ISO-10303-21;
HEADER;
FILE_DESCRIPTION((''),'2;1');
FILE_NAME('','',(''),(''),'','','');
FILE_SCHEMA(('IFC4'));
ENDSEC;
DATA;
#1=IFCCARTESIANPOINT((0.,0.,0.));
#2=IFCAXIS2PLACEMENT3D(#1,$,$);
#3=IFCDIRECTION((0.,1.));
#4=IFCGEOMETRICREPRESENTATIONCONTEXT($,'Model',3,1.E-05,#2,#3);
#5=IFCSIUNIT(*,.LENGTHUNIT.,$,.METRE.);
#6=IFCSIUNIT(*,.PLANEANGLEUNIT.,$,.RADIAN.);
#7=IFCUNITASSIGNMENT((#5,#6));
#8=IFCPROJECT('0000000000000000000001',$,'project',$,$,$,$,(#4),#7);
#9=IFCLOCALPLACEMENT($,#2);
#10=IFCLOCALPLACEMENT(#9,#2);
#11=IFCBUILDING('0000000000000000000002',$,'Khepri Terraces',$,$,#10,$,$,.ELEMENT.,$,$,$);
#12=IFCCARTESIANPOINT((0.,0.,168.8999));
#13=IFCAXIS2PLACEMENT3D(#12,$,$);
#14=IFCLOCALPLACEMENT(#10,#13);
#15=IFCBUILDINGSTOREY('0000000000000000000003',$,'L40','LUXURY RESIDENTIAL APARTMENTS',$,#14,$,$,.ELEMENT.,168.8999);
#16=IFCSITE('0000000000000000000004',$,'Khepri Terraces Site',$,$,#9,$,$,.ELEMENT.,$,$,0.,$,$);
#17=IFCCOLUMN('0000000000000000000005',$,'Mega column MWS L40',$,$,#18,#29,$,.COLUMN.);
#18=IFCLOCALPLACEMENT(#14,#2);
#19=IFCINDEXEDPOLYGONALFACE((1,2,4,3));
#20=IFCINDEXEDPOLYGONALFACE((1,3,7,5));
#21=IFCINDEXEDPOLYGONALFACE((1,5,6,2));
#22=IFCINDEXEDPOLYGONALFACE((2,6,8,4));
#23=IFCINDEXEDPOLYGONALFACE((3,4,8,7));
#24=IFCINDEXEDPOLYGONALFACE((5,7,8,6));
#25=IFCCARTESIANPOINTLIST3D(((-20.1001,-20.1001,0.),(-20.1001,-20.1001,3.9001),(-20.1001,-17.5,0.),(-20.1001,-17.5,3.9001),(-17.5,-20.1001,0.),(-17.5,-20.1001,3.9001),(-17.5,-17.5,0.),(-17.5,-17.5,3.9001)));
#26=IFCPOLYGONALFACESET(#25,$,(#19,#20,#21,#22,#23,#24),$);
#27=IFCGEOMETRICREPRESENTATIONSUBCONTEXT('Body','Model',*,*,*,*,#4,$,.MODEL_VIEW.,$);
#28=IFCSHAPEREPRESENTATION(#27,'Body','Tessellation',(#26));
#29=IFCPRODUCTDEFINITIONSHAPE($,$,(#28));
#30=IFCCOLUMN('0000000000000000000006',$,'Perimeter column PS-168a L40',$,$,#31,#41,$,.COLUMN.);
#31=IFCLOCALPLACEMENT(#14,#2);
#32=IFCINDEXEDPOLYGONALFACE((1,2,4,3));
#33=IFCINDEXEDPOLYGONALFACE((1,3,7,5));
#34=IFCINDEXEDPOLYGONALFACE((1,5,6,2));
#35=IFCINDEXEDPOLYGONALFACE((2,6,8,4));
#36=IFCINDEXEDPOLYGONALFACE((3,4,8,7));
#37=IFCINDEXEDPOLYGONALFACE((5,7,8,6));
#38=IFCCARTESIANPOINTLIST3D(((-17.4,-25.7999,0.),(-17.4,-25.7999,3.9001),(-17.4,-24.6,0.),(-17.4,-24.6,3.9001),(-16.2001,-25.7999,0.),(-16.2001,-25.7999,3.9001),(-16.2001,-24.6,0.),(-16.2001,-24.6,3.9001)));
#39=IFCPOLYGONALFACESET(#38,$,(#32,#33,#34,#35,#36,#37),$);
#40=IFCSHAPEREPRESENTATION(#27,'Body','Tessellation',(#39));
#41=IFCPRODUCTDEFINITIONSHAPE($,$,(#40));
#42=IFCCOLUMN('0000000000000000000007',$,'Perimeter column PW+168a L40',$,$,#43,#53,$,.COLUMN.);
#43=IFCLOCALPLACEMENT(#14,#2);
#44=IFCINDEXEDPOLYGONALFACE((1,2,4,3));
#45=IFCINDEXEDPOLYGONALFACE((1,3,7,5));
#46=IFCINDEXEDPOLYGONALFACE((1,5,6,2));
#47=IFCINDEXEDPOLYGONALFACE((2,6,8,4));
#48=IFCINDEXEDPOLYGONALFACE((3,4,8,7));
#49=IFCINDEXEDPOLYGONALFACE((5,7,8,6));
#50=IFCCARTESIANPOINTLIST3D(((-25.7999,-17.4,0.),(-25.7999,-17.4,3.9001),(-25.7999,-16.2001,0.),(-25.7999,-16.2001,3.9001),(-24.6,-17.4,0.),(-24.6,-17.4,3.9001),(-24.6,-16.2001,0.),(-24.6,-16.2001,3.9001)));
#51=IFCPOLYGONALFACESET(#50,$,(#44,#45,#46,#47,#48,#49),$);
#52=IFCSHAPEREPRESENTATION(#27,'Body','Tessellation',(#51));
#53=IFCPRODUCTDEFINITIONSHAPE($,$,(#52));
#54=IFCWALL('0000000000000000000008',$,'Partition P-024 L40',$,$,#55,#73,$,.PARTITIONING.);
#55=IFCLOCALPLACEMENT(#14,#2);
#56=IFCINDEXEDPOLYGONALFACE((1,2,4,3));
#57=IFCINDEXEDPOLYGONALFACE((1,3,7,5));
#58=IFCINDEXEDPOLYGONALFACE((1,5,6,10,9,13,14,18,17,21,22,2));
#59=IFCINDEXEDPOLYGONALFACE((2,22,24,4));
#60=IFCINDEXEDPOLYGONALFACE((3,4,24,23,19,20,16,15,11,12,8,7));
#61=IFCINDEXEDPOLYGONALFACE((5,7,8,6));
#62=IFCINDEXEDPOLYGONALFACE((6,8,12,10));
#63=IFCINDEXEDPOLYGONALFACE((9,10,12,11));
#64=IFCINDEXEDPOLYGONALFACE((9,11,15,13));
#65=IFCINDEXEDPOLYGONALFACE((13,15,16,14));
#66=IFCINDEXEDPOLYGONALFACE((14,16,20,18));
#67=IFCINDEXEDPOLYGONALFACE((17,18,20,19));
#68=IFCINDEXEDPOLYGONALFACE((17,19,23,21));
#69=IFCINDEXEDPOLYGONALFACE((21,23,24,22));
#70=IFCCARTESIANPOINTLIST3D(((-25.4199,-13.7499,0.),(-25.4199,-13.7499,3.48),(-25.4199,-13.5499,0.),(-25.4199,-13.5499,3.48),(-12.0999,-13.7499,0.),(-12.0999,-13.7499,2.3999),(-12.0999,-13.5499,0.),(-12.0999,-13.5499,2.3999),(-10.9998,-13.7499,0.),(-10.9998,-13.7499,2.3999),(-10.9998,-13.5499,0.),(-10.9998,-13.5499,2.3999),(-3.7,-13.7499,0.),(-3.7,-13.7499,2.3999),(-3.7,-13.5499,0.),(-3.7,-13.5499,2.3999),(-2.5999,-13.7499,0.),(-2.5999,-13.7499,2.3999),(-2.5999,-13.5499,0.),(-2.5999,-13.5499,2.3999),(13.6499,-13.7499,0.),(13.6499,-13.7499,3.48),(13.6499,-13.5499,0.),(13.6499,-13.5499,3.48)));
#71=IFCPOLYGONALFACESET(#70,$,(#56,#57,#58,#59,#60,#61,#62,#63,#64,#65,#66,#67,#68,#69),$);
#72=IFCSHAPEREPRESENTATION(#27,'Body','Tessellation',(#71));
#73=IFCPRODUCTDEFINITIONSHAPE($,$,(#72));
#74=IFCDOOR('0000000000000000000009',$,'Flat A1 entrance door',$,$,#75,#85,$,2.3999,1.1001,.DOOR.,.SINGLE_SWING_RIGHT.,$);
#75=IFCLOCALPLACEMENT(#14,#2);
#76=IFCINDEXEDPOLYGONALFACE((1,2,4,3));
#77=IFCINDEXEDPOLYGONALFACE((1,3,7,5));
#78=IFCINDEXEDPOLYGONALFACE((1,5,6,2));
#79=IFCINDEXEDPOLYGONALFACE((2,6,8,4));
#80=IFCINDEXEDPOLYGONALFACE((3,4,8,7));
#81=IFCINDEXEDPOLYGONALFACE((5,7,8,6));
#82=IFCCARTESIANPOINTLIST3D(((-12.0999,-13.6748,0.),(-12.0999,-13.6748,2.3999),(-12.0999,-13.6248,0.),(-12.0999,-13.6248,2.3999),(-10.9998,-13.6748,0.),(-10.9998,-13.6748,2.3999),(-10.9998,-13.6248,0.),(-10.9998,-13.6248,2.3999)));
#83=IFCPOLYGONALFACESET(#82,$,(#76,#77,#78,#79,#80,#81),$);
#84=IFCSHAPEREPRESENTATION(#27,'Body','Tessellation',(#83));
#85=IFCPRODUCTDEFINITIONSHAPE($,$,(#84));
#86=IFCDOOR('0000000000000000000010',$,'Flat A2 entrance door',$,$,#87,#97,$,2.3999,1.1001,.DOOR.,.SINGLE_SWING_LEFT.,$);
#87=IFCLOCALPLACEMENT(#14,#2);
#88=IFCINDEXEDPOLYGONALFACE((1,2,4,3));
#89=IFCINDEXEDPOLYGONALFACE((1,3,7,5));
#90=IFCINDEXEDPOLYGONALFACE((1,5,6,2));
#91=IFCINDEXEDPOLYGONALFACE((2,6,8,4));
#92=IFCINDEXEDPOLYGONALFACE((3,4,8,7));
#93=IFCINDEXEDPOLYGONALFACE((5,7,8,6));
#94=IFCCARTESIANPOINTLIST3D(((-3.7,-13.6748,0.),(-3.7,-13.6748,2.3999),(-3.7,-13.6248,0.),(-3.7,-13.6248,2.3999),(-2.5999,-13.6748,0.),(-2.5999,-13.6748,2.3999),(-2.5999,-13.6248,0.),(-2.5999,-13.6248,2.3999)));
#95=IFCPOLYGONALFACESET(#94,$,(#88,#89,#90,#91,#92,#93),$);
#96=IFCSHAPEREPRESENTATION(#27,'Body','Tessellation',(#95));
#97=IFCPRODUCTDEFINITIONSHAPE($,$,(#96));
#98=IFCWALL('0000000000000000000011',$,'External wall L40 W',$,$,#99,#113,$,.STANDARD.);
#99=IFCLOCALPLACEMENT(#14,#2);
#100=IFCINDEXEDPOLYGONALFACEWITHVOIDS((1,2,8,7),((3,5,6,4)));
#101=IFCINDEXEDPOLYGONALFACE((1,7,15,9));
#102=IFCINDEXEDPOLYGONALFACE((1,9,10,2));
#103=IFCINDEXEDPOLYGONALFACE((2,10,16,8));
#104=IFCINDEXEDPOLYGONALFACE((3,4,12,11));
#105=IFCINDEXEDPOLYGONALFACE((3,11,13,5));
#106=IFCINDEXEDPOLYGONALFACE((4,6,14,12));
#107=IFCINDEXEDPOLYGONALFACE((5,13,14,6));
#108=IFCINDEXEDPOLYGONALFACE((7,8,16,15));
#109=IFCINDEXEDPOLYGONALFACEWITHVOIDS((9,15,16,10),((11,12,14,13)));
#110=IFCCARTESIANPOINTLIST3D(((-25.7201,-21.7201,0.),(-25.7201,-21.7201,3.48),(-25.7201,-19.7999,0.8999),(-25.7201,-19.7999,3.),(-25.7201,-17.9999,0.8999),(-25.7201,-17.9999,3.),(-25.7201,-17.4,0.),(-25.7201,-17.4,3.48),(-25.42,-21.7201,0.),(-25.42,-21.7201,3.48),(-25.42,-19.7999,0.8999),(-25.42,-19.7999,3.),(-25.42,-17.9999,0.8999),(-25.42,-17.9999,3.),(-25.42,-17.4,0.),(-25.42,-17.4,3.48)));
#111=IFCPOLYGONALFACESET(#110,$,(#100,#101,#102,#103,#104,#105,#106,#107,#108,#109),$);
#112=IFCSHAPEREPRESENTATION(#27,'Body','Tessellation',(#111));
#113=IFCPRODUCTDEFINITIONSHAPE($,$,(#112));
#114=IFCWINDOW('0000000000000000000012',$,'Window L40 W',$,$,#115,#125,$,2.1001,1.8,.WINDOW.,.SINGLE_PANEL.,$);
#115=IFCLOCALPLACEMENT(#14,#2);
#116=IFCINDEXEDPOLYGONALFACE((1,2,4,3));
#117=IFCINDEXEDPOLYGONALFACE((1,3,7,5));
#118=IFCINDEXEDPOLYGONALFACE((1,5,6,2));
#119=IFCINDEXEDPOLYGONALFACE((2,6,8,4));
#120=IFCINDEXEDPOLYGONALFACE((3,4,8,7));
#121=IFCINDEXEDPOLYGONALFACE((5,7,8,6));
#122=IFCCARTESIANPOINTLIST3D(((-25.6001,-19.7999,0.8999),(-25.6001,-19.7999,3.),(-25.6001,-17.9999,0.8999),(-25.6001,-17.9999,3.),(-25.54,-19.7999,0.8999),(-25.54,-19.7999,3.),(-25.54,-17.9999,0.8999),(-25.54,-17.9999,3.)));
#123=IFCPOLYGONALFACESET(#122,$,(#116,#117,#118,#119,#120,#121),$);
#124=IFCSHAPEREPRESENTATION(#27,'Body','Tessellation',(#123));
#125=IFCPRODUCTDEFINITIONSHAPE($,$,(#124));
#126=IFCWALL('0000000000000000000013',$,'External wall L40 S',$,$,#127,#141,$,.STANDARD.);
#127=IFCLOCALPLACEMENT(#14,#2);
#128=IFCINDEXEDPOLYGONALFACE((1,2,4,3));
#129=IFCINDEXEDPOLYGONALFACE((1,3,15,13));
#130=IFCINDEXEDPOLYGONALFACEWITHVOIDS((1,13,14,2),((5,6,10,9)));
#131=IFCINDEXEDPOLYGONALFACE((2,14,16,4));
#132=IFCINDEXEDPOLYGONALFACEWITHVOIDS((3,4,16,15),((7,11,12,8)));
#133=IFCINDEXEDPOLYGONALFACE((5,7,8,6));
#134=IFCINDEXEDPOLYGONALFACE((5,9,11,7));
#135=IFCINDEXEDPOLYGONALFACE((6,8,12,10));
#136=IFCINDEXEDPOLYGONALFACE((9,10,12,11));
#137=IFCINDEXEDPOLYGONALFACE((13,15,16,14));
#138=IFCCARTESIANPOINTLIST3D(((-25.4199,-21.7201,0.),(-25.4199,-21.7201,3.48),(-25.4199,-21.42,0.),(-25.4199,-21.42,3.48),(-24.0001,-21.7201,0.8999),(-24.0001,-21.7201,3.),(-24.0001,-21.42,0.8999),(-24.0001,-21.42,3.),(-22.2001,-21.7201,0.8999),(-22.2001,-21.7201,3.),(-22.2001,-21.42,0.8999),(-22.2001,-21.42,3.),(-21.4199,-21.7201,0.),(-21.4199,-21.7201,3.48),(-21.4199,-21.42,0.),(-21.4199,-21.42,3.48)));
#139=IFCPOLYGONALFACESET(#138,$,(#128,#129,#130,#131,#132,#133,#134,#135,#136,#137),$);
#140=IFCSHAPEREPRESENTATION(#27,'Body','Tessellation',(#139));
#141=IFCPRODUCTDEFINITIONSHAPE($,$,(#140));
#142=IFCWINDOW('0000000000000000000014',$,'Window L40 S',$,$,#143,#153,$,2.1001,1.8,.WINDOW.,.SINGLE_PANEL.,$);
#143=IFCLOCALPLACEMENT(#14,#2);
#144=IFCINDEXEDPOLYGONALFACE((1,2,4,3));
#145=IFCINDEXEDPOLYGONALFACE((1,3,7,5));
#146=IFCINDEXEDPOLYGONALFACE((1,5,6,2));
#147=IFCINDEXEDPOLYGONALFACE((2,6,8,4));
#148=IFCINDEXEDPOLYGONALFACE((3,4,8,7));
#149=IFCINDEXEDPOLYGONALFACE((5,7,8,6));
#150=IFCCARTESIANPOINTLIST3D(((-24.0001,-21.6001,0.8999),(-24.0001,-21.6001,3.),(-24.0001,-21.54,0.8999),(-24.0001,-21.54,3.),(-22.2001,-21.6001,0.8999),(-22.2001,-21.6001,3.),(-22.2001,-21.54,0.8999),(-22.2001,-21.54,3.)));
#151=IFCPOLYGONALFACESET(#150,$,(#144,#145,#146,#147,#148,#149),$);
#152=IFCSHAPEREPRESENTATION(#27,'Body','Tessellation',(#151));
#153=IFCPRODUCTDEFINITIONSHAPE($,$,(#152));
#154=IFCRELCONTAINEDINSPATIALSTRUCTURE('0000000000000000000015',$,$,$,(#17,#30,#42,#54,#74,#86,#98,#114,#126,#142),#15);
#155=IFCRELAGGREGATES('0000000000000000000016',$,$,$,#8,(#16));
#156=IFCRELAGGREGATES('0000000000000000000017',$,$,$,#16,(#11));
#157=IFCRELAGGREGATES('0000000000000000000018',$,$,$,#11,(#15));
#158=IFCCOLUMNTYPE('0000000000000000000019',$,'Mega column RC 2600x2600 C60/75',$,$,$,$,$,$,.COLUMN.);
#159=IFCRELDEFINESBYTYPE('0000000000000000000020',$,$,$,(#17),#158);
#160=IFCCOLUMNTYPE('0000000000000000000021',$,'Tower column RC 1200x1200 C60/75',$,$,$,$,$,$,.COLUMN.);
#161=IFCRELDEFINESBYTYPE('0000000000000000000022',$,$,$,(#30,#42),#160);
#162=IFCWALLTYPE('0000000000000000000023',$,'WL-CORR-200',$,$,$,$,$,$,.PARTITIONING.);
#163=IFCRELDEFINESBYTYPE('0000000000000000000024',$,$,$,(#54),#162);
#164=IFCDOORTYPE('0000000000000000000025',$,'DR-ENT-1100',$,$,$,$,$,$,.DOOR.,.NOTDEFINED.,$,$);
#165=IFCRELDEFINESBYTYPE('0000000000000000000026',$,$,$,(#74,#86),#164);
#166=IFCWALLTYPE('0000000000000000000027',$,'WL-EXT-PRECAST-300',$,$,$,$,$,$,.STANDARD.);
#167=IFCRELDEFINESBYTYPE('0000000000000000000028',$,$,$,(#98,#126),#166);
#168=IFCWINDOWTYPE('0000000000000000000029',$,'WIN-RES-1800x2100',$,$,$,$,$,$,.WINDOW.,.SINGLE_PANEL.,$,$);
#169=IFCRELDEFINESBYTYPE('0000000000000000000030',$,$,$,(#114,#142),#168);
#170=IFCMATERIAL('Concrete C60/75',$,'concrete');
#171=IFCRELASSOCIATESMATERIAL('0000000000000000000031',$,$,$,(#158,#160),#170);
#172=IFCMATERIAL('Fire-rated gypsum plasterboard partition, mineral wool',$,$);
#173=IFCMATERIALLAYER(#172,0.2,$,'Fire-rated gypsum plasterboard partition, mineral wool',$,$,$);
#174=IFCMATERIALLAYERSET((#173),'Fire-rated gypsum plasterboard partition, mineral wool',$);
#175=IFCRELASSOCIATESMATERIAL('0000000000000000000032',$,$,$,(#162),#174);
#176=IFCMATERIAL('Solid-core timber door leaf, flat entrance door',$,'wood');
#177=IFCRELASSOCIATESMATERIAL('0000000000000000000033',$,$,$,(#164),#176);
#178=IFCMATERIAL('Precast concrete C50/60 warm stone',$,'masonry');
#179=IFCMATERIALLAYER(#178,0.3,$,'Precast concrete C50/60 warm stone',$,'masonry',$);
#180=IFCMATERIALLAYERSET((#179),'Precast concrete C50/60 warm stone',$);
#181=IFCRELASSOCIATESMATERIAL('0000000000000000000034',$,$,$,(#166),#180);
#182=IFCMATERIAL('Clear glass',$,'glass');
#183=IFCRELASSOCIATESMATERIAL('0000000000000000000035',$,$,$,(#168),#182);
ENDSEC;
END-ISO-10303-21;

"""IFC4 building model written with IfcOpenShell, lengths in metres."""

from ifc_helpers import new_model, si_unit, direction, frame, frame_2d, origin, origin_2d, place, context, subcontext, project, spatial, rectangle, extrude, material, layer, layer_set, material_profile, profile_set, type_object, element, fill, save


model = new_model("IFC4")

# Units and contexts
model_context = context("Model", 3, precision=1e-05, world=origin(), true_north=direction((0.0, 1.0)))
body_context = subcontext(model_context, "Body", "Model", "MODEL_VIEW")
ifc_project = project(units=[si_unit("LENGTHUNIT", "METRE"), si_unit("PLANEANGLEUNIT", "RADIAN")], contexts=[model_context])

# Site, building, storey
site_placement = place(None, origin())
site = spatial("IfcSite", under=ifc_project, at=site_placement, Name="Khepri Terraces Site", CompositionType="ELEMENT", RefElevation=0.0)
building_placement = place(site_placement, origin())
building = spatial("IfcBuilding", under=site, at=building_placement, Name="Khepri Terraces", CompositionType="ELEMENT")
storey_placement = place(building_placement, frame((0.0, 0.0, 168.8999)))
storey = spatial("IfcBuildingStorey", under=building, at=storey_placement, Name="L40", Description="LUXURY RESIDENTIAL APARTMENTS", CompositionType="ELEMENT", Elevation=168.8999)

# Columns
ifc_material_1 = material(Name="Concrete C60/75", Category="concrete")
ifc_material_profile_1 = material_profile(ifc_material_1, rectangle(XDim=2.6001, YDim=2.6001, at=origin_2d()), Name="Concrete C60/75", Category="concrete")
ifc_profile_set_1 = profile_set([ifc_material_profile_1], Name="Concrete C60/75")
column_type_1 = type_object("IfcColumnType", Name="Mega column RC 2600x2600 C60/75", PredefinedType="COLUMN", material=ifc_profile_set_1)
column_placement = place(storey_placement, frame((-18.8, -18.8, 0.0), z_axis=(0.0, 0.0, 1.0), x_axis=(1.0, 0.0, 0.0)))
element("IfcColumn", 1, at=column_placement, inside=storey, type_object=column_type_1, Name="Mega column MWS L40", PredefinedType="COLUMN", context=body_context, shape_type="SweptSolid", body=[
    extrude(rectangle(XDim=2.6001, YDim=2.6001, at=origin_2d()), origin(), (0.0, 0.0, 1.0), 3.9001),
])
ifc_material_profile_2 = material_profile(ifc_material_1, rectangle(XDim=1.2, YDim=1.2, at=origin_2d()), Name="Concrete C60/75", Category="concrete")
ifc_profile_set_2 = profile_set([ifc_material_profile_2], Name="Concrete C60/75")
column_type_2 = type_object("IfcColumnType", Name="Tower column RC 1200x1200 C60/75", PredefinedType="COLUMN", material=ifc_profile_set_2)
for number, where, z_axis, x_axis, name in (
    (2, (-16.8, -25.2, 0.0), (0.0, 0.0, 1.0), (1.0, 0.0, 0.0), "Perimeter column PS-168a L40"),
    (3, (-25.2, -16.8, 0.0), (0.0, 0.0, 1.0), (1.0, 0.0, 0.0), "Perimeter column PW+168a L40"),
):
    element("IfcColumn", number, at=place(storey_placement, frame(where, z_axis=z_axis, x_axis=x_axis)), inside=storey, type_object=column_type_2, Name=name, PredefinedType="COLUMN", context=body_context, shape_type="SweptSolid", body=[
        extrude(rectangle(XDim=1.2, YDim=1.2, at=origin_2d()), origin(), (0.0, 0.0, 1.0), 3.9001),
    ])

# Wall, openings, doors
ifc_material_2 = material(Name="Fire-rated gypsum plasterboard partition, mineral wool")
ifc_layer_1 = layer(ifc_material_2, 0.2, Name="Fire-rated gypsum plasterboard partition, mineral wool")
ifc_layer_set_1 = layer_set([ifc_layer_1], Name="Fire-rated gypsum plasterboard partition, mineral wool")
wall_type_1 = type_object("IfcWallType", Name="WL-CORR-200", PredefinedType="PARTITIONING", material=ifc_layer_set_1)
wall_1_placement = place(storey_placement, frame((-25.4199, -13.6499, 0.0), z_axis=(0.0, 0.0, 1.0), x_axis=(1.0, 0.0, 0.0)))
wall_1 = element("IfcWall", 4, at=wall_1_placement, inside=storey, type_object=wall_type_1, Name="Partition P-024 L40", PredefinedType="PARTITIONING", context=body_context, shape_type="SweptSolid", body=[
    extrude(rectangle(XDim=39.0698, YDim=0.2, at=frame_2d((19.5349, 0.0))), origin(), (0.0, 0.0, 1.0), 3.48),
])
opening_1_placement = place(wall_1_placement, frame((13.3201, 0.0, 0.0)))
opening_1 = element("IfcOpeningElement", 5, at=opening_1_placement, cuts=wall_1, PredefinedType="OPENING", context=body_context, shape_type="SweptSolid", body=[
    extrude(rectangle(XDim=1.1001, YDim=2.3999, at=frame_2d((0.55, 1.2))), frame((0.0, 0.1099, 0.0), z_axis=(0.0, -1.0, 0.0), x_axis=(1.0, 0.0, 0.0)), (0.0, 0.0, 1.0), 0.22),
])
opening_2_placement = place(wall_1_placement, frame((21.72, 0.0, 0.0)))
opening_2 = element("IfcOpeningElement", 6, at=opening_2_placement, cuts=wall_1, PredefinedType="OPENING", context=body_context, shape_type="SweptSolid", body=[
    extrude(rectangle(XDim=1.1001, YDim=2.3999, at=frame_2d((0.55, 1.2))), frame((0.0, 0.1099, 0.0), z_axis=(0.0, -1.0, 0.0), x_axis=(1.0, 0.0, 0.0)), (0.0, 0.0, 1.0), 0.22),
])
ifc_material_3 = material(Name="Solid-core timber door leaf, flat entrance door", Category="wood")
door_type_1 = type_object("IfcDoorType", Name="DR-ENT-1100", OperationType="NOTDEFINED", PredefinedType="DOOR", material=ifc_material_3)
door_1_placement = place(opening_1_placement, frame((1.1001, 0.0, 0.0), z_axis=(0.0, 0.0, 1.0), x_axis=(-1.0, 0.0, 0.0)))
door_1 = element("IfcDoor", 7, at=door_1_placement, inside=storey, type_object=door_type_1, Name="Flat A1 entrance door", OperationType="SINGLE_SWING_RIGHT", OverallHeight=2.3999, OverallWidth=1.1001, PredefinedType="DOOR", context=body_context, shape_type="SweptSolid", body=[
    extrude(rectangle(XDim=1.1001, YDim=2.3999, at=frame_2d((0.55, 1.2))), frame((0.0, 0.0249, 0.0), z_axis=(0.0, -1.0, 0.0), x_axis=(1.0, 0.0, 0.0)), (0.0, 0.0, 1.0), 0.05),
])
fill(opening_1, door_1)
door_2_placement = place(opening_2_placement, frame((1.1001, 0.0, 0.0), z_axis=(0.0, 0.0, 1.0), x_axis=(-1.0, 0.0, 0.0)))
door_2 = element("IfcDoor", 8, at=door_2_placement, inside=storey, type_object=door_type_1, Name="Flat A2 entrance door", OperationType="SINGLE_SWING_LEFT", OverallHeight=2.3999, OverallWidth=1.1001, PredefinedType="DOOR", context=body_context, shape_type="SweptSolid", body=[
    extrude(rectangle(XDim=1.1001, YDim=2.3999, at=frame_2d((0.55, 1.2))), frame((0.0, 0.0249, 0.0), z_axis=(0.0, -1.0, 0.0), x_axis=(1.0, 0.0, 0.0)), (0.0, 0.0, 1.0), 0.05),
])
fill(opening_2, door_2)

# Walls, openings, windows
ifc_material_4 = material(Name="Precast concrete C50/60 warm stone", Category="masonry")
ifc_layer_2 = layer(ifc_material_4, 0.3, Name="Precast concrete C50/60 warm stone", Category="masonry")
ifc_layer_set_2 = layer_set([ifc_layer_2], Name="Precast concrete C50/60 warm stone")
wall_type_2 = type_object("IfcWallType", Name="WL-EXT-PRECAST-300", PredefinedType="STANDARD", material=ifc_layer_set_2)
wall_2_placement = place(storey_placement, frame((-25.5701, -17.3999, 0.0), z_axis=(0.0, 0.0, 1.0), x_axis=(0.0, -1.0, 0.0)))
wall_2 = element("IfcWall", 9, at=wall_2_placement, inside=storey, type_object=wall_type_2, Name="External wall L40 W", PredefinedType="STANDARD", context=body_context, shape_type="SweptSolid", body=[
    extrude(rectangle(XDim=4.3201, YDim=0.3, at=frame_2d((2.1602, 0.0))), origin(), (0.0, 0.0, 1.0), 3.48),
])
opening_3_placement = place(wall_2_placement, frame((0.6001, 0.0, 0.8999)))
opening_3 = element("IfcOpeningElement", 10, at=opening_3_placement, cuts=wall_2, PredefinedType="OPENING", context=body_context, shape_type="SweptSolid", body=[
    extrude(rectangle(XDim=1.8, YDim=2.1001, at=frame_2d((0.8999, 1.05))), frame((0.0, 0.1602, 0.0), z_axis=(0.0, -1.0, 0.0), x_axis=(1.0, 0.0, 0.0)), (0.0, 0.0, 1.0), 0.3201),
])
ifc_material_5 = material(Name="Clear glass", Category="glass")
window_type = type_object("IfcWindowType", Name="WIN-RES-1800x2100", PartitioningType="SINGLE_PANEL", PredefinedType="WINDOW", material=ifc_material_5)
window_1_placement = place(opening_3_placement, origin())
window_1 = element("IfcWindow", 11, at=window_1_placement, inside=storey, type_object=window_type, Name="Window L40 W", OverallHeight=2.1001, OverallWidth=1.8, PartitioningType="SINGLE_PANEL", PredefinedType="WINDOW", context=body_context, shape_type="SweptSolid", body=[
    extrude(rectangle(XDim=1.8, YDim=2.1001, at=frame_2d((0.8999, 1.05))), frame((0.0, 0.03, 0.0), z_axis=(0.0, -1.0, 0.0), x_axis=(1.0, 0.0, 0.0)), (0.0, 0.0, 1.0), 0.0601),
])
fill(opening_3, window_1)
wall_3_placement = place(storey_placement, frame((-25.4199, -21.5701, 0.0), z_axis=(0.0, 0.0, 1.0), x_axis=(1.0, 0.0, 0.0)))
wall_3 = element("IfcWall", 12, at=wall_3_placement, inside=storey, type_object=wall_type_2, Name="External wall L40 S", PredefinedType="STANDARD", context=body_context, shape_type="SweptSolid", body=[
    extrude(rectangle(XDim=4.0, YDim=0.3, at=frame_2d((2.0, 0.0))), origin(), (0.0, 0.0, 1.0), 3.48),
])
opening_4_placement = place(wall_3_placement, frame((1.4199, 0.0, 0.8999)))
opening_4 = element("IfcOpeningElement", 13, at=opening_4_placement, cuts=wall_3, PredefinedType="OPENING", context=body_context, shape_type="SweptSolid", body=[
    extrude(rectangle(XDim=1.8, YDim=2.1001, at=frame_2d((0.8999, 1.05))), frame((0.0, 0.1602, 0.0), z_axis=(0.0, -1.0, 0.0), x_axis=(1.0, 0.0, 0.0)), (0.0, 0.0, 1.0), 0.3201),
])
window_2_placement = place(opening_4_placement, origin())
window_2 = element("IfcWindow", 14, at=window_2_placement, inside=storey, type_object=window_type, Name="Window L40 S", OverallHeight=2.1001, OverallWidth=1.8, PartitioningType="SINGLE_PANEL", PredefinedType="WINDOW", context=body_context, shape_type="SweptSolid", body=[
    extrude(rectangle(XDim=1.8, YDim=2.1001, at=frame_2d((0.8999, 1.05))), frame((0.0, 0.03, 0.0), z_axis=(0.0, -1.0, 0.0), x_axis=(1.0, 0.0, 0.0)), (0.0, 0.0, 1.0), 0.0601),
])
fill(opening_4, window_2)

save(model, "model.ifc")
